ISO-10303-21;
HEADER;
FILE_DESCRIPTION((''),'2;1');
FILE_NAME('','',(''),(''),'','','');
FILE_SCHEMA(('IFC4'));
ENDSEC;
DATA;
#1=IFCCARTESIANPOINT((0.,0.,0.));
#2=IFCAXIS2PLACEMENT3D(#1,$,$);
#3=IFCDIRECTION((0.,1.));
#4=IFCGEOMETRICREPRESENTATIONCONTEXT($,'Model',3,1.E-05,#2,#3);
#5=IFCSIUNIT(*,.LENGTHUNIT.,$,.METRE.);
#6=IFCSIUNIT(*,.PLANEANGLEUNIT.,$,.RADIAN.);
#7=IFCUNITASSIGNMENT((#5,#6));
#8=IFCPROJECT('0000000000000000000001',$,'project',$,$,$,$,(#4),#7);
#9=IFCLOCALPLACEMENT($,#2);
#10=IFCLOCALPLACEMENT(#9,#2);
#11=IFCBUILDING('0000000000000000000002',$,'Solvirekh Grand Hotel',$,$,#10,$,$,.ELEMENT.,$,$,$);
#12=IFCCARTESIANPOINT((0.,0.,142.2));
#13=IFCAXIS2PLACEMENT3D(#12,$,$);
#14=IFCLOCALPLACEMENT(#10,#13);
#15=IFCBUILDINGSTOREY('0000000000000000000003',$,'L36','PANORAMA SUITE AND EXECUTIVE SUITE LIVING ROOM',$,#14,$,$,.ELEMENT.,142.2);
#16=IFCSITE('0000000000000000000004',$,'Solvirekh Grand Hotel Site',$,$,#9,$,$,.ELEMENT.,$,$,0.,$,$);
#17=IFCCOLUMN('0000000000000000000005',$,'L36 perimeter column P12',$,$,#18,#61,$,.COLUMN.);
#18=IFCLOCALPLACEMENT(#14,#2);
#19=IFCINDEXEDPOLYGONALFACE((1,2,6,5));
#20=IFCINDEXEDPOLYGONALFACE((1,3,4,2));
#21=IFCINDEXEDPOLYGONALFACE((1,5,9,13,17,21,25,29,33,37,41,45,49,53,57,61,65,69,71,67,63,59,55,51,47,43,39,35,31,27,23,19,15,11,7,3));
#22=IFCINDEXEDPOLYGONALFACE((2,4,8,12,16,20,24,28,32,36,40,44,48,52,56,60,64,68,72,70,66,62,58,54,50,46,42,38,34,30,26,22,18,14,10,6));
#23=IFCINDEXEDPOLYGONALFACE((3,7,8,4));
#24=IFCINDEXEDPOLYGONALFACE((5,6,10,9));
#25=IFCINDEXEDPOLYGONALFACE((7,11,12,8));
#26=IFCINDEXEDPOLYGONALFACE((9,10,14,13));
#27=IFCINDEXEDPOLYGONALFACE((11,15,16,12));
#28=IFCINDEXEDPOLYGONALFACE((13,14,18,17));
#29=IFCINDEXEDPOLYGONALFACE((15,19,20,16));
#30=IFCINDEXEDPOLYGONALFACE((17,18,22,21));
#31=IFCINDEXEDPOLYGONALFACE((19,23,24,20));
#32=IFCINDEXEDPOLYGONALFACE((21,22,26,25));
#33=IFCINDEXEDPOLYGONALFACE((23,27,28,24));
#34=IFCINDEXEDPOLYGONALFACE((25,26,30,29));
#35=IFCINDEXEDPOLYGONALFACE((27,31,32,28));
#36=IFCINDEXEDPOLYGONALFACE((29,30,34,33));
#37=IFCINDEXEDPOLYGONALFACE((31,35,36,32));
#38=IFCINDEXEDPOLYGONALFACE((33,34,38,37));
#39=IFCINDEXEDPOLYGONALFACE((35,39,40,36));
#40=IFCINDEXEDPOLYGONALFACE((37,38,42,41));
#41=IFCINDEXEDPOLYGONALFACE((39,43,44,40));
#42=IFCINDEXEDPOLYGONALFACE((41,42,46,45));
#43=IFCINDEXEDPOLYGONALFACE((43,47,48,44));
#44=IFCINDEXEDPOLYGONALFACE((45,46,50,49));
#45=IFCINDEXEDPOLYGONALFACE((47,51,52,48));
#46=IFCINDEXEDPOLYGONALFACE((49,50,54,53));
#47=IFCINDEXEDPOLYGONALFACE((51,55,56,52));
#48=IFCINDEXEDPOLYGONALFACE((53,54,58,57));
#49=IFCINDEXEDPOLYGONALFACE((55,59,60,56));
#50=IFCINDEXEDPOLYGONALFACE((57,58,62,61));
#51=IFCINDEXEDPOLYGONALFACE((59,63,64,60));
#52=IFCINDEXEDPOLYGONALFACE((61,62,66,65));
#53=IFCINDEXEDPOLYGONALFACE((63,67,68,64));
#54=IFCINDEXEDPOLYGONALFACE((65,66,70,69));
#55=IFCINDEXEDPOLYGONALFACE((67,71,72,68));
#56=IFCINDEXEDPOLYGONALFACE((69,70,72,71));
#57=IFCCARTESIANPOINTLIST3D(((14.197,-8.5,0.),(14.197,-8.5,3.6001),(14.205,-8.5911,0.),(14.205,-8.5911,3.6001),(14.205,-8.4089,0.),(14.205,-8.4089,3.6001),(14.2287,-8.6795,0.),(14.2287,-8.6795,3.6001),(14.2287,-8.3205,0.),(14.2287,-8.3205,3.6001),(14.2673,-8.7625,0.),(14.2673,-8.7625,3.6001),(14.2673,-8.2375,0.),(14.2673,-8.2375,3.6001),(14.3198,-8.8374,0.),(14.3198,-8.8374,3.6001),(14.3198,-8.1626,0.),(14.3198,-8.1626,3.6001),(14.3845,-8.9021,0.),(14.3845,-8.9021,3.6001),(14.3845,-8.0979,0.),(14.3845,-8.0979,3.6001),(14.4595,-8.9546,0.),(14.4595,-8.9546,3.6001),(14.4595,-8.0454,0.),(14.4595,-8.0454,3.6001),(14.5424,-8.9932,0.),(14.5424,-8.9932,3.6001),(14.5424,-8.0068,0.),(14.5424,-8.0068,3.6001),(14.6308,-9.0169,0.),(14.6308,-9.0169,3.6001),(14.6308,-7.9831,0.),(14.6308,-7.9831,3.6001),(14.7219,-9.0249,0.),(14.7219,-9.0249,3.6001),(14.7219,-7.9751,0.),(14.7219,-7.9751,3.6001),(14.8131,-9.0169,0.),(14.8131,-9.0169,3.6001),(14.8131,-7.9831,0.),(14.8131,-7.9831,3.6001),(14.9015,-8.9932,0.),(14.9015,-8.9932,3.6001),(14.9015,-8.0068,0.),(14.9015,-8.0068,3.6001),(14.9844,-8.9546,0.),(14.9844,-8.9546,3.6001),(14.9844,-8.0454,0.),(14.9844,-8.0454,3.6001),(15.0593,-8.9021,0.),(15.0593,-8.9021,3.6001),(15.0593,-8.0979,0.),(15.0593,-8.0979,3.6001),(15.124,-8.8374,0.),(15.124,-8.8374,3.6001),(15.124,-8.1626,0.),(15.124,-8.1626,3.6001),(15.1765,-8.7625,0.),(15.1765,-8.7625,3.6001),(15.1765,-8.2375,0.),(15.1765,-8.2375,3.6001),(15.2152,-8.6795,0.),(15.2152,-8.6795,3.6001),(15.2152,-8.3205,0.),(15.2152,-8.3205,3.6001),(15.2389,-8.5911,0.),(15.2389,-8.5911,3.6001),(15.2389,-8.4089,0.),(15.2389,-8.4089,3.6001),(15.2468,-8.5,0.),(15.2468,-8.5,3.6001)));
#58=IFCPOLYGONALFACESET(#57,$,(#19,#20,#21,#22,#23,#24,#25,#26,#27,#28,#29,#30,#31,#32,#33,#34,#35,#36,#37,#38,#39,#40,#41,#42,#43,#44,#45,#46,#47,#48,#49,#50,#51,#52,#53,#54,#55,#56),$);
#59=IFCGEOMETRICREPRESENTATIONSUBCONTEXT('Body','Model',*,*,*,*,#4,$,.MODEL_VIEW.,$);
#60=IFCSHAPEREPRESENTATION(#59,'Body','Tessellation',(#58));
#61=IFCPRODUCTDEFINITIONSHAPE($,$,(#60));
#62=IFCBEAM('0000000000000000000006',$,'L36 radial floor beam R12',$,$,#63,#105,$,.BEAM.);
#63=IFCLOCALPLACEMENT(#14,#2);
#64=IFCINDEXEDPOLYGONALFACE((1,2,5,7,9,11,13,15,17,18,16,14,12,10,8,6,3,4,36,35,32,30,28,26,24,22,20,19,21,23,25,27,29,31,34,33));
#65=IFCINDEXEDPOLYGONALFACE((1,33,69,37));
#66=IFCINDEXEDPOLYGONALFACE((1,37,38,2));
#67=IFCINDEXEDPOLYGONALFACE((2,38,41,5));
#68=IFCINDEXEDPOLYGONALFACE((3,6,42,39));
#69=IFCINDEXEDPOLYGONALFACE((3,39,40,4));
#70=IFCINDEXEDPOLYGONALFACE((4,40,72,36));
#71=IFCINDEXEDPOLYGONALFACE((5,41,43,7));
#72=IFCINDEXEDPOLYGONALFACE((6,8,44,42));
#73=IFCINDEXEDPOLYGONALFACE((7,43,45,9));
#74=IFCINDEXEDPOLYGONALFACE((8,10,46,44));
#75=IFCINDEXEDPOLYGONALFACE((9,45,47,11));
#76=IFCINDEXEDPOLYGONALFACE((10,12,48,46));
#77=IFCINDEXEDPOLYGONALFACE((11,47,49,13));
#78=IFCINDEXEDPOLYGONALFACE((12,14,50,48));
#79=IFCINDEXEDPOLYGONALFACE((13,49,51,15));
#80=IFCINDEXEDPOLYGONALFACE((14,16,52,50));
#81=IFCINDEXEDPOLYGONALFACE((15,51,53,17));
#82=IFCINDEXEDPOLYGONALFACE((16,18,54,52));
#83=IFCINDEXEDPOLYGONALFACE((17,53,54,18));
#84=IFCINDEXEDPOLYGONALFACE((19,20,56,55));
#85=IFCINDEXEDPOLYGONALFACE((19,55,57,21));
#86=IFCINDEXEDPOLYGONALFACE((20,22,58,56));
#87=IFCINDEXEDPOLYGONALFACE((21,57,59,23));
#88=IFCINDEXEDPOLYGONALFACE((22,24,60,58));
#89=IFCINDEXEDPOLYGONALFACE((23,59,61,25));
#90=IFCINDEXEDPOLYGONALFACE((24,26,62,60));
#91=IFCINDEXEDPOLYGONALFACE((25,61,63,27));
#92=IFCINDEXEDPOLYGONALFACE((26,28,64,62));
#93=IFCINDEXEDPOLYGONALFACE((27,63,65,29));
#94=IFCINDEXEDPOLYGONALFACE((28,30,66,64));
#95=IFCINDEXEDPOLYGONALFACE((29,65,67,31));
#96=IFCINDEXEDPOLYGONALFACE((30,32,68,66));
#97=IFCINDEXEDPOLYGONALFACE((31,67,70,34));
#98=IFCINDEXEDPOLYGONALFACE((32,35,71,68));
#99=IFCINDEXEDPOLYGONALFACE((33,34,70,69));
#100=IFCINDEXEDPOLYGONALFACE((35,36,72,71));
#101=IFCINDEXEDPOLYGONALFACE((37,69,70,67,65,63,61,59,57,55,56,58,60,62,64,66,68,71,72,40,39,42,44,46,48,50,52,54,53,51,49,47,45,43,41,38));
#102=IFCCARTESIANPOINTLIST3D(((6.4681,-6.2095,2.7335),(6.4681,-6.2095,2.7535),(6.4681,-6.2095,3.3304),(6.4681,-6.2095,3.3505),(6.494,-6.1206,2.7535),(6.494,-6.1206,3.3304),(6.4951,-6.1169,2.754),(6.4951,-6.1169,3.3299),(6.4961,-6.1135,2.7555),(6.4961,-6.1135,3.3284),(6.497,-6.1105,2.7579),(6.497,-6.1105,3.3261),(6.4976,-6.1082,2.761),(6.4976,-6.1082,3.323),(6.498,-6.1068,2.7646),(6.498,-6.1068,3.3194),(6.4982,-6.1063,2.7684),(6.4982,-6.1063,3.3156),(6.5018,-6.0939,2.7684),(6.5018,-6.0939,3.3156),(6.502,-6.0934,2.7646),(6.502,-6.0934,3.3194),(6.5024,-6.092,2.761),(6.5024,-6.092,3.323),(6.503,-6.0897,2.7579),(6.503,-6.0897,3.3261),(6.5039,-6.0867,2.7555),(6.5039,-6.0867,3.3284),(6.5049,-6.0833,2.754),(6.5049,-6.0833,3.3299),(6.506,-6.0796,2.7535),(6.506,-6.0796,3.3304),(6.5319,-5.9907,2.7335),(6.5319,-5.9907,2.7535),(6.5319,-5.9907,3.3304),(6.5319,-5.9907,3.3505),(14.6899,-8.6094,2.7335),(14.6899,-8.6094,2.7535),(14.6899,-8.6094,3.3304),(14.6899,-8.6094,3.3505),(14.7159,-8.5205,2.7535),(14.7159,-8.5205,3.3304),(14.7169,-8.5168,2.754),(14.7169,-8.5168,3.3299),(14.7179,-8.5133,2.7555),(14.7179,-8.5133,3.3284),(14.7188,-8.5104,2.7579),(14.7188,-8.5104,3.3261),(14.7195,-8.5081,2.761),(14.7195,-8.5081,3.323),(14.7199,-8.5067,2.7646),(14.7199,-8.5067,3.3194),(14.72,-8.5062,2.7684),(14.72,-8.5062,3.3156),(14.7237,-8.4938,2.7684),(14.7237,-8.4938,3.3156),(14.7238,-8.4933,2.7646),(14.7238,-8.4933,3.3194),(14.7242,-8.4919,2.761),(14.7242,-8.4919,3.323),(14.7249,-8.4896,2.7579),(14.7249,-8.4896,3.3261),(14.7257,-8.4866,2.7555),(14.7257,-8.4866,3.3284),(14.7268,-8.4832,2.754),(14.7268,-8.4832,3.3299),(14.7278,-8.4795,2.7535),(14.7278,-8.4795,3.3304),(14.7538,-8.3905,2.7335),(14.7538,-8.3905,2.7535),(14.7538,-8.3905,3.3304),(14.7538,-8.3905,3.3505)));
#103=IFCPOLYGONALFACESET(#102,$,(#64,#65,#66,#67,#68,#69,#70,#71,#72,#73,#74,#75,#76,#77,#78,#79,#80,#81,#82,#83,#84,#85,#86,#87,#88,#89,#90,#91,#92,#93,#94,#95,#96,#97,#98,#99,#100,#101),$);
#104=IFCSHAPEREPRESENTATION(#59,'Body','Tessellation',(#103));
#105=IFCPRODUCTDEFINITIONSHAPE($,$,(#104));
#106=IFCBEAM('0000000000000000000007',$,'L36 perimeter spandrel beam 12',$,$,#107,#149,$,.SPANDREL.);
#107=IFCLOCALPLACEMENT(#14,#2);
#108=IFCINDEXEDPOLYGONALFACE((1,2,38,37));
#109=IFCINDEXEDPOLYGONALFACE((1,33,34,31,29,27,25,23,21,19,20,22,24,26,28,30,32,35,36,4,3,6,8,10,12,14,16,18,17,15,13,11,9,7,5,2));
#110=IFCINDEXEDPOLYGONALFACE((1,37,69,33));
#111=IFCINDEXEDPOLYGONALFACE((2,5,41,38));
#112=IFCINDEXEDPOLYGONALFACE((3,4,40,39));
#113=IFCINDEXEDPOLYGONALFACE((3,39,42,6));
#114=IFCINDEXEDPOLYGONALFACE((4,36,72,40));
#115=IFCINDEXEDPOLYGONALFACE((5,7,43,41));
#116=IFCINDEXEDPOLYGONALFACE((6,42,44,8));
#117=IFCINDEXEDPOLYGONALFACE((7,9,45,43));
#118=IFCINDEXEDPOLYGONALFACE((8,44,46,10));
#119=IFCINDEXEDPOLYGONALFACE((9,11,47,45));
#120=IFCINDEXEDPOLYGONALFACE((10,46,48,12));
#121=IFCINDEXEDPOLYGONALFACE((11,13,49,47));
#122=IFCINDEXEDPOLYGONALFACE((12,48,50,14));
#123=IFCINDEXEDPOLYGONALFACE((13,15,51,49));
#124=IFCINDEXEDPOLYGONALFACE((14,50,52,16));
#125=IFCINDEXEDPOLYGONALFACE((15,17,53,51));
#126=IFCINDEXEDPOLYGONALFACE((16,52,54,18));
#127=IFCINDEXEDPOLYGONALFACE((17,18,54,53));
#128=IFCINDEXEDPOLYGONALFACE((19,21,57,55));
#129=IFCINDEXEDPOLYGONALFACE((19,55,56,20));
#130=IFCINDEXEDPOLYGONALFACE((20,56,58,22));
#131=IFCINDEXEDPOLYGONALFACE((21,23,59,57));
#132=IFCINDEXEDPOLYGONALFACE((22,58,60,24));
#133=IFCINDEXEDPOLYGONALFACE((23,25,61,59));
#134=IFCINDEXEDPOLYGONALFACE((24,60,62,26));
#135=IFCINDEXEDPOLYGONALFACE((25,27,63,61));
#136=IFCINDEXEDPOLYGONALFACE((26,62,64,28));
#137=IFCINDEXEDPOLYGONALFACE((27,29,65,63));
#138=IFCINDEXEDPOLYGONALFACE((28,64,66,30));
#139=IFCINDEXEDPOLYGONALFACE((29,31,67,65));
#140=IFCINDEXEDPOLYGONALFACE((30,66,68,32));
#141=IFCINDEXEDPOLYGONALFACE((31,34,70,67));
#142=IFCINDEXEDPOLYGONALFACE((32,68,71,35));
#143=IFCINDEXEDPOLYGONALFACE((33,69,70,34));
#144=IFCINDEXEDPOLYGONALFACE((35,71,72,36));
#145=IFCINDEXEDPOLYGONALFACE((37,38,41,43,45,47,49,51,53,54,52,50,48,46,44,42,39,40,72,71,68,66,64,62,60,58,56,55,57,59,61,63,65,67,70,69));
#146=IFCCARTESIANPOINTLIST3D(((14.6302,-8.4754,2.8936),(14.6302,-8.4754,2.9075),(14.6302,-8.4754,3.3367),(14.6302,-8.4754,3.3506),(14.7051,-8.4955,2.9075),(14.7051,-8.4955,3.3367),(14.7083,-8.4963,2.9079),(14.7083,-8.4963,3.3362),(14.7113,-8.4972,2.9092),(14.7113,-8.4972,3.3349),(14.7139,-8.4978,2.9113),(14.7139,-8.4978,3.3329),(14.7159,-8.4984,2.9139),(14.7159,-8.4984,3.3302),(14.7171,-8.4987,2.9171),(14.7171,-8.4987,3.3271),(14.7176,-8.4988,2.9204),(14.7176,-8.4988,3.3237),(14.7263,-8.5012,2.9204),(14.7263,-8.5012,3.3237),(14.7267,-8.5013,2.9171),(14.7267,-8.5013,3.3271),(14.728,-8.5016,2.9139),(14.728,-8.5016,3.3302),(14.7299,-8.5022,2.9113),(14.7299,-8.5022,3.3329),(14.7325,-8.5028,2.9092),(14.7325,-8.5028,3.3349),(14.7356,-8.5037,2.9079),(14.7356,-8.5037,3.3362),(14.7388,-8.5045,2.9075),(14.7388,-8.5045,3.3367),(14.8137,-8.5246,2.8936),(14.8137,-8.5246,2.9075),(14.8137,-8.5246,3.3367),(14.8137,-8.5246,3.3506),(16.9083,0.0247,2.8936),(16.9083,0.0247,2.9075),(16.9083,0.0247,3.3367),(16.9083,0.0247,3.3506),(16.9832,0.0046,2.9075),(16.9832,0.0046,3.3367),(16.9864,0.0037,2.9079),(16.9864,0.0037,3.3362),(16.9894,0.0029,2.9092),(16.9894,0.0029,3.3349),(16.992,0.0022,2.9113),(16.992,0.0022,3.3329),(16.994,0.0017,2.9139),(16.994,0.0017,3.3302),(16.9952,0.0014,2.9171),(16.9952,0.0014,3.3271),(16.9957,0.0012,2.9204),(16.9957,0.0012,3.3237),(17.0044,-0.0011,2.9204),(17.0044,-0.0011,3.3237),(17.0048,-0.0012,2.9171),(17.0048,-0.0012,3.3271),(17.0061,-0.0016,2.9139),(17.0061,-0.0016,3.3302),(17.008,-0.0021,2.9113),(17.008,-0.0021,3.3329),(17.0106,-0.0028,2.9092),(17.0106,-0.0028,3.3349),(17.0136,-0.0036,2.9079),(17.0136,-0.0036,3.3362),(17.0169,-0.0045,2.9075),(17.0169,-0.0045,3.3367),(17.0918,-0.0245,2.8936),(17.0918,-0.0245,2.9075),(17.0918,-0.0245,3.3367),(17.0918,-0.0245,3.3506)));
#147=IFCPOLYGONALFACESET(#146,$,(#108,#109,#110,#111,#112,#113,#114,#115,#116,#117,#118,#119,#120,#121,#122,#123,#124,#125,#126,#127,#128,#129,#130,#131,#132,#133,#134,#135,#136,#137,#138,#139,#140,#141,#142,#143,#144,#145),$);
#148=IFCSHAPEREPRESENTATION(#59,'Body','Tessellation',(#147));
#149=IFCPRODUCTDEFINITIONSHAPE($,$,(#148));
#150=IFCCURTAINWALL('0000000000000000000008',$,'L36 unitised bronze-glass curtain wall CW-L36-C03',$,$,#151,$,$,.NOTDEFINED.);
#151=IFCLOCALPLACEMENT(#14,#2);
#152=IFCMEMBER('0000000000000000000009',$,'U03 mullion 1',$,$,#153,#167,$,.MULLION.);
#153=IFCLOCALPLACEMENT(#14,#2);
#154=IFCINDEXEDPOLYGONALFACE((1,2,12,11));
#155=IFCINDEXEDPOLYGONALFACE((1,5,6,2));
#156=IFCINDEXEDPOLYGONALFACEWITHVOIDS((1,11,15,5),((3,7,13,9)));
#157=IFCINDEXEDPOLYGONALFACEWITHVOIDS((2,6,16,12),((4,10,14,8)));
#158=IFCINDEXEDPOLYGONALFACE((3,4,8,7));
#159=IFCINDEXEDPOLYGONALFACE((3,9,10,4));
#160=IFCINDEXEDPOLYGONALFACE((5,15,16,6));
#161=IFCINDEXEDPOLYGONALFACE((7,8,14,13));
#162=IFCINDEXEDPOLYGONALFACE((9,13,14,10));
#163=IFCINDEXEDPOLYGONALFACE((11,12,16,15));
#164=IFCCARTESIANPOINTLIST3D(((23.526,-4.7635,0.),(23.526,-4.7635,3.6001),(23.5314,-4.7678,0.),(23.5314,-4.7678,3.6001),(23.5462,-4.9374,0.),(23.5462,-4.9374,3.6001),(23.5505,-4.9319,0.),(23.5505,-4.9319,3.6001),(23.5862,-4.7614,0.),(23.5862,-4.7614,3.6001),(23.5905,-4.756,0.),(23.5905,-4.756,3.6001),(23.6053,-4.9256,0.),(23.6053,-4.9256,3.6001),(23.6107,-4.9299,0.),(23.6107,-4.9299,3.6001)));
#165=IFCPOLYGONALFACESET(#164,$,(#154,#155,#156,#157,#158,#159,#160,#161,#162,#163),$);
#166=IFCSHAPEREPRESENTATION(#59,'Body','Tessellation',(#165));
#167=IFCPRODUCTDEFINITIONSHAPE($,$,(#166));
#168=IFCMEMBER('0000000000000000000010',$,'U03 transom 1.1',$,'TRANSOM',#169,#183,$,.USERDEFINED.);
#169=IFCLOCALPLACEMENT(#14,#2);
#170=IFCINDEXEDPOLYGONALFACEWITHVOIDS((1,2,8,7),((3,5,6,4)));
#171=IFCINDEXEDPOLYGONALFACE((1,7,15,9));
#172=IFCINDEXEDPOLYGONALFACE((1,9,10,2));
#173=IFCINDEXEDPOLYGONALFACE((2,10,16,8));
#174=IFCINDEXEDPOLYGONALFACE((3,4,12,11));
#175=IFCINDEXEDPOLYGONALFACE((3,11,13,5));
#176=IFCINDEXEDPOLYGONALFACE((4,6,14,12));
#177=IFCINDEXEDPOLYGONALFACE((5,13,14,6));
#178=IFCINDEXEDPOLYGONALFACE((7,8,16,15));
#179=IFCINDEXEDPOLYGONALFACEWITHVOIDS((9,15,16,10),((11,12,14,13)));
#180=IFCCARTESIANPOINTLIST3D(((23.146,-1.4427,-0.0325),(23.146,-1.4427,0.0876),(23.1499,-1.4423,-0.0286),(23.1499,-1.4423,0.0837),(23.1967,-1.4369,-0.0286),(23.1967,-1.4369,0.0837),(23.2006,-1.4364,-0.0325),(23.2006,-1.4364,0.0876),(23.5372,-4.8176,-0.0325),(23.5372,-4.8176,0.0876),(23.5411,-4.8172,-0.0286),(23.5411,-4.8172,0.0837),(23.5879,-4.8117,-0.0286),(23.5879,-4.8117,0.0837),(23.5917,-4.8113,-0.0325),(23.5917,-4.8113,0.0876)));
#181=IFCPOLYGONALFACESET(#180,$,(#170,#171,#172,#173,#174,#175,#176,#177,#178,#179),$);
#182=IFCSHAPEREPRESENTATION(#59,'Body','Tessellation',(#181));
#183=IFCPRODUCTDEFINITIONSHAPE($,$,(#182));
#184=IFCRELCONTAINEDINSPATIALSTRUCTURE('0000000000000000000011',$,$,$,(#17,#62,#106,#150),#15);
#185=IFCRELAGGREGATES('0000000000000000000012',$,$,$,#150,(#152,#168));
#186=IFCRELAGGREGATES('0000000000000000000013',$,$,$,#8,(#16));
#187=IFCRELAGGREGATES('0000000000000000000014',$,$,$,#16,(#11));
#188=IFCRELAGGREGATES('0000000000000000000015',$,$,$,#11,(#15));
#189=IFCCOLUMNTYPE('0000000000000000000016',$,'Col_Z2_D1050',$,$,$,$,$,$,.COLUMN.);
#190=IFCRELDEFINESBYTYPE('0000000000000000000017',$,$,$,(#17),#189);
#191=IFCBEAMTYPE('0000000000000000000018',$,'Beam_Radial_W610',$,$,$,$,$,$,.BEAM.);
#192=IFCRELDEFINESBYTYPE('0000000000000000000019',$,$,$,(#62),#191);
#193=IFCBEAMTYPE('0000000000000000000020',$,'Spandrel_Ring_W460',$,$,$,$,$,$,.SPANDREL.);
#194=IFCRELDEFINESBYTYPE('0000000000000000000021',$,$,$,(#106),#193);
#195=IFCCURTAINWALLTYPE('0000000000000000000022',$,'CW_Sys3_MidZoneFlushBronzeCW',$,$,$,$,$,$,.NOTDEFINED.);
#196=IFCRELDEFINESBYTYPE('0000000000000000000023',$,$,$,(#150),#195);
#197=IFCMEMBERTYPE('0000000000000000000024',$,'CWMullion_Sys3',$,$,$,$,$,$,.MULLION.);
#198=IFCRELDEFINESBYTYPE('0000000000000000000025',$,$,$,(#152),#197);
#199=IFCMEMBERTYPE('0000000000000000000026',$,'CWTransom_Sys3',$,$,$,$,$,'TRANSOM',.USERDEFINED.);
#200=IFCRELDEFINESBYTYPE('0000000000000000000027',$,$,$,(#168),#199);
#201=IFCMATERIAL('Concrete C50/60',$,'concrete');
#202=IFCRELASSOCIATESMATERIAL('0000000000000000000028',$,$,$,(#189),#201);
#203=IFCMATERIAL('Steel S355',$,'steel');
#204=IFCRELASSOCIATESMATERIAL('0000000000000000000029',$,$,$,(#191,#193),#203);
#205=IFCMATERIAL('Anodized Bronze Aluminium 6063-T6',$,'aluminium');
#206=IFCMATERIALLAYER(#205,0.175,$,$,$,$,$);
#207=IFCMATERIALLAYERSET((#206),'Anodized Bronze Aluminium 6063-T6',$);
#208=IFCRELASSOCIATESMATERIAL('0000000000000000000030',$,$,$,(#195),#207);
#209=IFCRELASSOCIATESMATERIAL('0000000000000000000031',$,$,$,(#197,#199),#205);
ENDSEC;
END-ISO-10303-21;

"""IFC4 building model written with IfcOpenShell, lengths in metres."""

from ifc_helpers import new_model, si_unit, direction, frame, origin, origin_2d, place, context, subcontext, project, spatial, hollow_rectangle, circle, i_section, extrude, source, transform, mapped, material, layer, layer_set, material_profile, profile_set, type_object, element, aggregate, save


model = new_model("IFC4")

# Units and contexts
model_context = context("Model", 3, precision=1e-05, world=origin(), true_north=direction((0.0, 1.0)))
body_context = subcontext(model_context, "Body", "Model", "MODEL_VIEW")
ifc_project = project(units=[si_unit("LENGTHUNIT", "METRE"), si_unit("PLANEANGLEUNIT", "RADIAN")], contexts=[model_context])

# Site, building, storey
site_placement = place(None, origin())
site = spatial("IfcSite", under=ifc_project, at=site_placement, Name="Solvirekh Grand Hotel Site", CompositionType="ELEMENT", RefElevation=0.0)
building_placement = place(site_placement, origin())
building = spatial("IfcBuilding", under=site, at=building_placement, Name="Solvirekh Grand Hotel", CompositionType="ELEMENT")
storey_placement = place(building_placement, frame((0.0, 0.0, 142.2)))
storey = spatial("IfcBuildingStorey", under=building, at=storey_placement, Name="L36", Description="PANORAMA SUITE AND EXECUTIVE SUITE LIVING ROOM", CompositionType="ELEMENT", Elevation=142.2)

# Column
ifc_material_1 = material(Name="Concrete C50/60", Category="concrete")
ifc_material_profile_1 = material_profile(ifc_material_1, circle(Radius=0.5249, at=origin_2d()), Name="RC CIRC D1050")
ifc_profile_set_1 = profile_set([ifc_material_profile_1], Name="Concrete C50/60")
column_type = type_object("IfcColumnType", Name="Col_Z2_D1050", PredefinedType="COLUMN", material=ifc_profile_set_1)
column_placement = place(storey_placement, frame((14.7219, -8.5, 0.0), z_axis=(0.0, 0.0, 1.0), x_axis=(1.0, 0.0, 0.0)))
element("IfcColumn", 1, at=column_placement, inside=storey, type_object=column_type, Name="L36 perimeter column P12", PredefinedType="COLUMN", context=body_context, shape_type="SweptSolid", body=[
    extrude(circle(Radius=0.5249, at=origin_2d()), origin(), (0.0, 0.0, 1.0), 3.6001),
])

# Beams
ifc_material_2 = material(Name="Steel S355", Category="steel")
ifc_material_profile_2 = material_profile(ifc_material_2, i_section(OverallWidth=0.228, OverallDepth=0.6169, WebThickness=0.0129, FlangeThickness=0.02, FilletRadius=0.0149, at=origin_2d()), Name="W610X140")
ifc_profile_set_2 = profile_set([ifc_material_profile_2], Name="Steel S355")
beam_type_1 = type_object("IfcBeamType", Name="Beam_Radial_W610", PredefinedType="BEAM", material=ifc_profile_set_2)
beam_1_placement = place(storey_placement, frame((6.5, -6.1001, 3.042), z_axis=(0.959942, -0.280198, 0.0), x_axis=(0.280198, 0.959942, 0.0)))
element("IfcBeam", 2, at=beam_1_placement, inside=storey, type_object=beam_type_1, Name="L36 radial floor beam R12", PredefinedType="BEAM", context=body_context, shape_type="SweptSolid", body=[
    extrude(i_section(OverallWidth=0.228, OverallDepth=0.6169, WebThickness=0.0129, FlangeThickness=0.02, FilletRadius=0.0149, at=origin_2d()), origin(), (0.0, 0.0, 1.0), 8.5649),
])
ifc_material_profile_3 = material_profile(ifc_material_2, i_section(OverallWidth=0.1899, OverallDepth=0.457, WebThickness=0.009, FlangeThickness=0.0139, FilletRadius=0.0129, at=origin_2d()), Name="W460X74")
ifc_profile_set_3 = profile_set([ifc_material_profile_3], Name="Steel S355")
beam_type_2 = type_object("IfcBeamType", Name="Spandrel_Ring_W460", PredefinedType="SPANDREL", material=ifc_profile_set_3)
beam_2_placement = place(storey_placement, frame((14.7219, -8.5, 3.1221), z_axis=(0.258873, 0.965911, 0.0), x_axis=(-0.965911, 0.258873, 0.0)))
element("IfcBeam", 3, at=beam_2_placement, inside=storey, type_object=beam_type_2, Name="L36 perimeter spandrel beam 12", PredefinedType="SPANDREL", context=body_context, shape_type="SweptSolid", body=[
    extrude(i_section(OverallWidth=0.1899, OverallDepth=0.457, WebThickness=0.009, FlangeThickness=0.0139, FilletRadius=0.0129, at=origin_2d()), origin(), (0.0, 0.0, 1.0), 8.8),
])

# Curtain wall, members
ifc_material_3 = material(Name="Anodized Bronze Aluminium 6063-T6", Category="aluminium")
ifc_layer_1 = layer(ifc_material_3, 0.175)
ifc_layer_set_1 = layer_set([ifc_layer_1], Name="Anodized Bronze Aluminium 6063-T6")
curtain_wall_type = type_object("IfcCurtainWallType", Name="CW_Sys3_MidZoneFlushBronzeCW", PredefinedType="NOTDEFINED", material=ifc_layer_set_1)
curtain_wall_placement = place(storey_placement, origin())
curtain_wall = element("IfcCurtainWall", 4, at=curtain_wall_placement, inside=storey, type_object=curtain_wall_type, Name="L36 unitised bronze-glass curtain wall CW-L36-C03", PredefinedType="NOTDEFINED")
ifc_material_profile_4 = material_profile(ifc_material_3, hollow_rectangle(XDim=0.0649, YDim=0.175, WallThickness=0.0049, at=origin_2d()), Name="ALU RHS 175X65X5")
ifc_profile_set_4 = profile_set([ifc_material_profile_4], Name="Anodized Bronze Aluminium 6063-T6")
member_type_1 = type_object("IfcMemberType", Name="CWMullion_Sys3", PredefinedType="MULLION", material=ifc_profile_set_4)
shared_shape_1 = source(origin(), body_context, "Body", "SweptSolid", [
    extrude(hollow_rectangle(XDim=0.0649, YDim=0.175, WallThickness=0.0049, at=origin_2d()), origin(), (0.0, 0.0, 1.0), 3.6001),
])
member_1_placement = place(storey_placement, frame((23.5684, -4.8467, 0.0), z_axis=(0.0, 0.0, 1.0), x_axis=(-0.993345, -0.115173, 0.0)))
member_1 = element("IfcMember", 5, at=member_1_placement, type_object=member_type_1, Name="U03 mullion 1", PredefinedType="MULLION", context=body_context, shape_type="MappedRepresentation", body=[
    mapped(shared_shape_1, transform((0.0, 0.0, 0.0), x_axis=(1.0, 0.0, 0.0), y_axis=(0.0, 1.0, 0.0), z_axis=(0.0, 0.0, 1.0), scale=1.0)),
])
ifc_material_profile_5 = material_profile(ifc_material_3, hollow_rectangle(XDim=0.0549, YDim=0.1201, WallThickness=0.0039, at=origin_2d()), Name="ALU RHS 120X55X4")
ifc_profile_set_5 = profile_set([ifc_material_profile_5], Name="Anodized Bronze Aluminium 6063-T6")
member_type_2 = type_object("IfcMemberType", Name="CWTransom_Sys3", ElementType="TRANSOM", PredefinedType="USERDEFINED", material=ifc_profile_set_5)
shared_shape_2 = source(origin(), body_context, "Body", "SweptSolid", [
    extrude(hollow_rectangle(XDim=0.0549, YDim=0.1201, WallThickness=0.0039, at=origin_2d()), origin(), (0.0, 0.0, 1.0), 3.3975),
])
member_2_placement = place(storey_placement, frame((23.5645, -4.8145, 0.0276), z_axis=(-0.115123, 0.993351, 0.0), x_axis=(-0.993351, -0.115123, 0.0)))
member_2 = element("IfcMember", 6, at=member_2_placement, type_object=member_type_2, Name="U03 transom 1.1", ObjectType="TRANSOM", PredefinedType="USERDEFINED", context=body_context, shape_type="MappedRepresentation", body=[
    mapped(shared_shape_2, transform((0.0, 0.0, 0.0), x_axis=(1.0, 0.0, 0.0), y_axis=(0.0, 1.0, 0.0), z_axis=(0.0, 0.0, 1.0), scale=1.0)),
])
aggregate(curtain_wall, [member_1, member_2])

save(model, "model.ifc")
